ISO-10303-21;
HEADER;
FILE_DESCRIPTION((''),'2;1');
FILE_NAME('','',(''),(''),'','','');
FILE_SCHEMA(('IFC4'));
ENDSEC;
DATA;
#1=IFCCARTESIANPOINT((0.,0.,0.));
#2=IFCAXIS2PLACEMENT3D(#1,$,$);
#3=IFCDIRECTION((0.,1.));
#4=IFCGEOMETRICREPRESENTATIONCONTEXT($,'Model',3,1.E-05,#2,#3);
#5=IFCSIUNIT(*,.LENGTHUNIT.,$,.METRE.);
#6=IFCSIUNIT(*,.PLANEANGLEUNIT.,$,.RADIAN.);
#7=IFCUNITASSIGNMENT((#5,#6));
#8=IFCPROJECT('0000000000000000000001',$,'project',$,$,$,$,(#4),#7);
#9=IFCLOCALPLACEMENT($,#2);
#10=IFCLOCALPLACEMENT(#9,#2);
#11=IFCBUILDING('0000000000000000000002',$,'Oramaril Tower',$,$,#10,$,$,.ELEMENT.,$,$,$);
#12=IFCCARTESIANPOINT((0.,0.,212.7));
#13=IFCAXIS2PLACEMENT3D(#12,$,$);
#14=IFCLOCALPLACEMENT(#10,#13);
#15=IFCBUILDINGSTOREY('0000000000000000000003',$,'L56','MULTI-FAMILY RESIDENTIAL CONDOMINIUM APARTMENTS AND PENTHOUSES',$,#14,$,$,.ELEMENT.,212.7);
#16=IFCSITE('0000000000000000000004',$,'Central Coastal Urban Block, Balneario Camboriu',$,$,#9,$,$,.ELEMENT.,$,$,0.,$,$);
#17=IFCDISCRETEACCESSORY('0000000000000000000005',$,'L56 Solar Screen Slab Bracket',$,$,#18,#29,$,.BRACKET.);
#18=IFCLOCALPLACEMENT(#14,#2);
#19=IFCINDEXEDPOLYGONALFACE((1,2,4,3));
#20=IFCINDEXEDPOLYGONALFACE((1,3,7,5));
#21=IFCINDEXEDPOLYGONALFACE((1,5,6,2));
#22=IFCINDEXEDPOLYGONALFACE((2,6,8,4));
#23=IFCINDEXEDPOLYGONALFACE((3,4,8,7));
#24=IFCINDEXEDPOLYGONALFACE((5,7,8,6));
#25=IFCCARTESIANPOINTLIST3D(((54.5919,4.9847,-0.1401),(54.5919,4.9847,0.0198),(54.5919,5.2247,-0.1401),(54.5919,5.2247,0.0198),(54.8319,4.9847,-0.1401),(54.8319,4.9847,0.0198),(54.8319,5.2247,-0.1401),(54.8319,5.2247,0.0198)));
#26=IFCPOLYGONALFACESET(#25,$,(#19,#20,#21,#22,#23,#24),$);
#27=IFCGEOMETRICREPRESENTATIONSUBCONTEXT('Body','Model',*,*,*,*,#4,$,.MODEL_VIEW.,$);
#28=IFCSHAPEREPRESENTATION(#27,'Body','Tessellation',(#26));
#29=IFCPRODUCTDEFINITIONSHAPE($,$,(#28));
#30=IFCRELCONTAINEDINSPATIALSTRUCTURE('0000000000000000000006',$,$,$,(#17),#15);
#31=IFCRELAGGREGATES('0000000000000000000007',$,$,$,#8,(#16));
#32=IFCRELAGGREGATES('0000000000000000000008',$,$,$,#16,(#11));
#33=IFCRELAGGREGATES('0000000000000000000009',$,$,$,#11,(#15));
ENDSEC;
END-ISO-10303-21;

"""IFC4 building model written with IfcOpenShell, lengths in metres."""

from ifc_helpers import new_model, si_unit, direction, frame, origin, origin_2d, place, context, subcontext, project, spatial, rectangle, extrude, element, save


model = new_model("IFC4")

# Units and contexts
model_context = context("Model", 3, precision=1e-05, world=origin(), true_north=direction((0.0, 1.0)))
body_context = subcontext(model_context, "Body", "Model", "MODEL_VIEW")
ifc_project = project(units=[si_unit("LENGTHUNIT", "METRE"), si_unit("PLANEANGLEUNIT", "RADIAN")], contexts=[model_context])

# Site, building, storey
site_placement = place(None, origin())
site = spatial("IfcSite", under=ifc_project, at=site_placement, Name="Central Coastal Urban Block, Balneario Camboriu", CompositionType="ELEMENT", RefElevation=0.0)
building_placement = place(site_placement, origin())
building = spatial("IfcBuilding", under=site, at=building_placement, Name="Oramaril Tower", CompositionType="ELEMENT")
storey_placement = place(building_placement, frame((0.0, 0.0, 212.7)))
storey = spatial("IfcBuildingStorey", under=building, at=storey_placement, Name="L56", Description="MULTI-FAMILY RESIDENTIAL CONDOMINIUM APARTMENTS AND PENTHOUSES", CompositionType="ELEMENT", Elevation=212.7)

# Discrete accessory
for number, where, z_axis, x_axis, name in (
    (1, (54.7119, 5.1047, -0.1401), (0.0, 0.0, 1.0), (1.0, 0.0, 0.0), "L56 Solar Screen Slab Bracket"),
):
    element("IfcDiscreteAccessory", number, at=place(storey_placement, frame(where, z_axis=z_axis, x_axis=x_axis)), inside=storey, Name=name, PredefinedType="BRACKET", context=body_context, shape_type="SweptSolid", body=[
        extrude(rectangle(XDim=0.24, YDim=0.24, at=origin_2d()), origin(), (0.0, 0.0, 1.0), 0.1599),
    ])

save(model, "model.ifc")
